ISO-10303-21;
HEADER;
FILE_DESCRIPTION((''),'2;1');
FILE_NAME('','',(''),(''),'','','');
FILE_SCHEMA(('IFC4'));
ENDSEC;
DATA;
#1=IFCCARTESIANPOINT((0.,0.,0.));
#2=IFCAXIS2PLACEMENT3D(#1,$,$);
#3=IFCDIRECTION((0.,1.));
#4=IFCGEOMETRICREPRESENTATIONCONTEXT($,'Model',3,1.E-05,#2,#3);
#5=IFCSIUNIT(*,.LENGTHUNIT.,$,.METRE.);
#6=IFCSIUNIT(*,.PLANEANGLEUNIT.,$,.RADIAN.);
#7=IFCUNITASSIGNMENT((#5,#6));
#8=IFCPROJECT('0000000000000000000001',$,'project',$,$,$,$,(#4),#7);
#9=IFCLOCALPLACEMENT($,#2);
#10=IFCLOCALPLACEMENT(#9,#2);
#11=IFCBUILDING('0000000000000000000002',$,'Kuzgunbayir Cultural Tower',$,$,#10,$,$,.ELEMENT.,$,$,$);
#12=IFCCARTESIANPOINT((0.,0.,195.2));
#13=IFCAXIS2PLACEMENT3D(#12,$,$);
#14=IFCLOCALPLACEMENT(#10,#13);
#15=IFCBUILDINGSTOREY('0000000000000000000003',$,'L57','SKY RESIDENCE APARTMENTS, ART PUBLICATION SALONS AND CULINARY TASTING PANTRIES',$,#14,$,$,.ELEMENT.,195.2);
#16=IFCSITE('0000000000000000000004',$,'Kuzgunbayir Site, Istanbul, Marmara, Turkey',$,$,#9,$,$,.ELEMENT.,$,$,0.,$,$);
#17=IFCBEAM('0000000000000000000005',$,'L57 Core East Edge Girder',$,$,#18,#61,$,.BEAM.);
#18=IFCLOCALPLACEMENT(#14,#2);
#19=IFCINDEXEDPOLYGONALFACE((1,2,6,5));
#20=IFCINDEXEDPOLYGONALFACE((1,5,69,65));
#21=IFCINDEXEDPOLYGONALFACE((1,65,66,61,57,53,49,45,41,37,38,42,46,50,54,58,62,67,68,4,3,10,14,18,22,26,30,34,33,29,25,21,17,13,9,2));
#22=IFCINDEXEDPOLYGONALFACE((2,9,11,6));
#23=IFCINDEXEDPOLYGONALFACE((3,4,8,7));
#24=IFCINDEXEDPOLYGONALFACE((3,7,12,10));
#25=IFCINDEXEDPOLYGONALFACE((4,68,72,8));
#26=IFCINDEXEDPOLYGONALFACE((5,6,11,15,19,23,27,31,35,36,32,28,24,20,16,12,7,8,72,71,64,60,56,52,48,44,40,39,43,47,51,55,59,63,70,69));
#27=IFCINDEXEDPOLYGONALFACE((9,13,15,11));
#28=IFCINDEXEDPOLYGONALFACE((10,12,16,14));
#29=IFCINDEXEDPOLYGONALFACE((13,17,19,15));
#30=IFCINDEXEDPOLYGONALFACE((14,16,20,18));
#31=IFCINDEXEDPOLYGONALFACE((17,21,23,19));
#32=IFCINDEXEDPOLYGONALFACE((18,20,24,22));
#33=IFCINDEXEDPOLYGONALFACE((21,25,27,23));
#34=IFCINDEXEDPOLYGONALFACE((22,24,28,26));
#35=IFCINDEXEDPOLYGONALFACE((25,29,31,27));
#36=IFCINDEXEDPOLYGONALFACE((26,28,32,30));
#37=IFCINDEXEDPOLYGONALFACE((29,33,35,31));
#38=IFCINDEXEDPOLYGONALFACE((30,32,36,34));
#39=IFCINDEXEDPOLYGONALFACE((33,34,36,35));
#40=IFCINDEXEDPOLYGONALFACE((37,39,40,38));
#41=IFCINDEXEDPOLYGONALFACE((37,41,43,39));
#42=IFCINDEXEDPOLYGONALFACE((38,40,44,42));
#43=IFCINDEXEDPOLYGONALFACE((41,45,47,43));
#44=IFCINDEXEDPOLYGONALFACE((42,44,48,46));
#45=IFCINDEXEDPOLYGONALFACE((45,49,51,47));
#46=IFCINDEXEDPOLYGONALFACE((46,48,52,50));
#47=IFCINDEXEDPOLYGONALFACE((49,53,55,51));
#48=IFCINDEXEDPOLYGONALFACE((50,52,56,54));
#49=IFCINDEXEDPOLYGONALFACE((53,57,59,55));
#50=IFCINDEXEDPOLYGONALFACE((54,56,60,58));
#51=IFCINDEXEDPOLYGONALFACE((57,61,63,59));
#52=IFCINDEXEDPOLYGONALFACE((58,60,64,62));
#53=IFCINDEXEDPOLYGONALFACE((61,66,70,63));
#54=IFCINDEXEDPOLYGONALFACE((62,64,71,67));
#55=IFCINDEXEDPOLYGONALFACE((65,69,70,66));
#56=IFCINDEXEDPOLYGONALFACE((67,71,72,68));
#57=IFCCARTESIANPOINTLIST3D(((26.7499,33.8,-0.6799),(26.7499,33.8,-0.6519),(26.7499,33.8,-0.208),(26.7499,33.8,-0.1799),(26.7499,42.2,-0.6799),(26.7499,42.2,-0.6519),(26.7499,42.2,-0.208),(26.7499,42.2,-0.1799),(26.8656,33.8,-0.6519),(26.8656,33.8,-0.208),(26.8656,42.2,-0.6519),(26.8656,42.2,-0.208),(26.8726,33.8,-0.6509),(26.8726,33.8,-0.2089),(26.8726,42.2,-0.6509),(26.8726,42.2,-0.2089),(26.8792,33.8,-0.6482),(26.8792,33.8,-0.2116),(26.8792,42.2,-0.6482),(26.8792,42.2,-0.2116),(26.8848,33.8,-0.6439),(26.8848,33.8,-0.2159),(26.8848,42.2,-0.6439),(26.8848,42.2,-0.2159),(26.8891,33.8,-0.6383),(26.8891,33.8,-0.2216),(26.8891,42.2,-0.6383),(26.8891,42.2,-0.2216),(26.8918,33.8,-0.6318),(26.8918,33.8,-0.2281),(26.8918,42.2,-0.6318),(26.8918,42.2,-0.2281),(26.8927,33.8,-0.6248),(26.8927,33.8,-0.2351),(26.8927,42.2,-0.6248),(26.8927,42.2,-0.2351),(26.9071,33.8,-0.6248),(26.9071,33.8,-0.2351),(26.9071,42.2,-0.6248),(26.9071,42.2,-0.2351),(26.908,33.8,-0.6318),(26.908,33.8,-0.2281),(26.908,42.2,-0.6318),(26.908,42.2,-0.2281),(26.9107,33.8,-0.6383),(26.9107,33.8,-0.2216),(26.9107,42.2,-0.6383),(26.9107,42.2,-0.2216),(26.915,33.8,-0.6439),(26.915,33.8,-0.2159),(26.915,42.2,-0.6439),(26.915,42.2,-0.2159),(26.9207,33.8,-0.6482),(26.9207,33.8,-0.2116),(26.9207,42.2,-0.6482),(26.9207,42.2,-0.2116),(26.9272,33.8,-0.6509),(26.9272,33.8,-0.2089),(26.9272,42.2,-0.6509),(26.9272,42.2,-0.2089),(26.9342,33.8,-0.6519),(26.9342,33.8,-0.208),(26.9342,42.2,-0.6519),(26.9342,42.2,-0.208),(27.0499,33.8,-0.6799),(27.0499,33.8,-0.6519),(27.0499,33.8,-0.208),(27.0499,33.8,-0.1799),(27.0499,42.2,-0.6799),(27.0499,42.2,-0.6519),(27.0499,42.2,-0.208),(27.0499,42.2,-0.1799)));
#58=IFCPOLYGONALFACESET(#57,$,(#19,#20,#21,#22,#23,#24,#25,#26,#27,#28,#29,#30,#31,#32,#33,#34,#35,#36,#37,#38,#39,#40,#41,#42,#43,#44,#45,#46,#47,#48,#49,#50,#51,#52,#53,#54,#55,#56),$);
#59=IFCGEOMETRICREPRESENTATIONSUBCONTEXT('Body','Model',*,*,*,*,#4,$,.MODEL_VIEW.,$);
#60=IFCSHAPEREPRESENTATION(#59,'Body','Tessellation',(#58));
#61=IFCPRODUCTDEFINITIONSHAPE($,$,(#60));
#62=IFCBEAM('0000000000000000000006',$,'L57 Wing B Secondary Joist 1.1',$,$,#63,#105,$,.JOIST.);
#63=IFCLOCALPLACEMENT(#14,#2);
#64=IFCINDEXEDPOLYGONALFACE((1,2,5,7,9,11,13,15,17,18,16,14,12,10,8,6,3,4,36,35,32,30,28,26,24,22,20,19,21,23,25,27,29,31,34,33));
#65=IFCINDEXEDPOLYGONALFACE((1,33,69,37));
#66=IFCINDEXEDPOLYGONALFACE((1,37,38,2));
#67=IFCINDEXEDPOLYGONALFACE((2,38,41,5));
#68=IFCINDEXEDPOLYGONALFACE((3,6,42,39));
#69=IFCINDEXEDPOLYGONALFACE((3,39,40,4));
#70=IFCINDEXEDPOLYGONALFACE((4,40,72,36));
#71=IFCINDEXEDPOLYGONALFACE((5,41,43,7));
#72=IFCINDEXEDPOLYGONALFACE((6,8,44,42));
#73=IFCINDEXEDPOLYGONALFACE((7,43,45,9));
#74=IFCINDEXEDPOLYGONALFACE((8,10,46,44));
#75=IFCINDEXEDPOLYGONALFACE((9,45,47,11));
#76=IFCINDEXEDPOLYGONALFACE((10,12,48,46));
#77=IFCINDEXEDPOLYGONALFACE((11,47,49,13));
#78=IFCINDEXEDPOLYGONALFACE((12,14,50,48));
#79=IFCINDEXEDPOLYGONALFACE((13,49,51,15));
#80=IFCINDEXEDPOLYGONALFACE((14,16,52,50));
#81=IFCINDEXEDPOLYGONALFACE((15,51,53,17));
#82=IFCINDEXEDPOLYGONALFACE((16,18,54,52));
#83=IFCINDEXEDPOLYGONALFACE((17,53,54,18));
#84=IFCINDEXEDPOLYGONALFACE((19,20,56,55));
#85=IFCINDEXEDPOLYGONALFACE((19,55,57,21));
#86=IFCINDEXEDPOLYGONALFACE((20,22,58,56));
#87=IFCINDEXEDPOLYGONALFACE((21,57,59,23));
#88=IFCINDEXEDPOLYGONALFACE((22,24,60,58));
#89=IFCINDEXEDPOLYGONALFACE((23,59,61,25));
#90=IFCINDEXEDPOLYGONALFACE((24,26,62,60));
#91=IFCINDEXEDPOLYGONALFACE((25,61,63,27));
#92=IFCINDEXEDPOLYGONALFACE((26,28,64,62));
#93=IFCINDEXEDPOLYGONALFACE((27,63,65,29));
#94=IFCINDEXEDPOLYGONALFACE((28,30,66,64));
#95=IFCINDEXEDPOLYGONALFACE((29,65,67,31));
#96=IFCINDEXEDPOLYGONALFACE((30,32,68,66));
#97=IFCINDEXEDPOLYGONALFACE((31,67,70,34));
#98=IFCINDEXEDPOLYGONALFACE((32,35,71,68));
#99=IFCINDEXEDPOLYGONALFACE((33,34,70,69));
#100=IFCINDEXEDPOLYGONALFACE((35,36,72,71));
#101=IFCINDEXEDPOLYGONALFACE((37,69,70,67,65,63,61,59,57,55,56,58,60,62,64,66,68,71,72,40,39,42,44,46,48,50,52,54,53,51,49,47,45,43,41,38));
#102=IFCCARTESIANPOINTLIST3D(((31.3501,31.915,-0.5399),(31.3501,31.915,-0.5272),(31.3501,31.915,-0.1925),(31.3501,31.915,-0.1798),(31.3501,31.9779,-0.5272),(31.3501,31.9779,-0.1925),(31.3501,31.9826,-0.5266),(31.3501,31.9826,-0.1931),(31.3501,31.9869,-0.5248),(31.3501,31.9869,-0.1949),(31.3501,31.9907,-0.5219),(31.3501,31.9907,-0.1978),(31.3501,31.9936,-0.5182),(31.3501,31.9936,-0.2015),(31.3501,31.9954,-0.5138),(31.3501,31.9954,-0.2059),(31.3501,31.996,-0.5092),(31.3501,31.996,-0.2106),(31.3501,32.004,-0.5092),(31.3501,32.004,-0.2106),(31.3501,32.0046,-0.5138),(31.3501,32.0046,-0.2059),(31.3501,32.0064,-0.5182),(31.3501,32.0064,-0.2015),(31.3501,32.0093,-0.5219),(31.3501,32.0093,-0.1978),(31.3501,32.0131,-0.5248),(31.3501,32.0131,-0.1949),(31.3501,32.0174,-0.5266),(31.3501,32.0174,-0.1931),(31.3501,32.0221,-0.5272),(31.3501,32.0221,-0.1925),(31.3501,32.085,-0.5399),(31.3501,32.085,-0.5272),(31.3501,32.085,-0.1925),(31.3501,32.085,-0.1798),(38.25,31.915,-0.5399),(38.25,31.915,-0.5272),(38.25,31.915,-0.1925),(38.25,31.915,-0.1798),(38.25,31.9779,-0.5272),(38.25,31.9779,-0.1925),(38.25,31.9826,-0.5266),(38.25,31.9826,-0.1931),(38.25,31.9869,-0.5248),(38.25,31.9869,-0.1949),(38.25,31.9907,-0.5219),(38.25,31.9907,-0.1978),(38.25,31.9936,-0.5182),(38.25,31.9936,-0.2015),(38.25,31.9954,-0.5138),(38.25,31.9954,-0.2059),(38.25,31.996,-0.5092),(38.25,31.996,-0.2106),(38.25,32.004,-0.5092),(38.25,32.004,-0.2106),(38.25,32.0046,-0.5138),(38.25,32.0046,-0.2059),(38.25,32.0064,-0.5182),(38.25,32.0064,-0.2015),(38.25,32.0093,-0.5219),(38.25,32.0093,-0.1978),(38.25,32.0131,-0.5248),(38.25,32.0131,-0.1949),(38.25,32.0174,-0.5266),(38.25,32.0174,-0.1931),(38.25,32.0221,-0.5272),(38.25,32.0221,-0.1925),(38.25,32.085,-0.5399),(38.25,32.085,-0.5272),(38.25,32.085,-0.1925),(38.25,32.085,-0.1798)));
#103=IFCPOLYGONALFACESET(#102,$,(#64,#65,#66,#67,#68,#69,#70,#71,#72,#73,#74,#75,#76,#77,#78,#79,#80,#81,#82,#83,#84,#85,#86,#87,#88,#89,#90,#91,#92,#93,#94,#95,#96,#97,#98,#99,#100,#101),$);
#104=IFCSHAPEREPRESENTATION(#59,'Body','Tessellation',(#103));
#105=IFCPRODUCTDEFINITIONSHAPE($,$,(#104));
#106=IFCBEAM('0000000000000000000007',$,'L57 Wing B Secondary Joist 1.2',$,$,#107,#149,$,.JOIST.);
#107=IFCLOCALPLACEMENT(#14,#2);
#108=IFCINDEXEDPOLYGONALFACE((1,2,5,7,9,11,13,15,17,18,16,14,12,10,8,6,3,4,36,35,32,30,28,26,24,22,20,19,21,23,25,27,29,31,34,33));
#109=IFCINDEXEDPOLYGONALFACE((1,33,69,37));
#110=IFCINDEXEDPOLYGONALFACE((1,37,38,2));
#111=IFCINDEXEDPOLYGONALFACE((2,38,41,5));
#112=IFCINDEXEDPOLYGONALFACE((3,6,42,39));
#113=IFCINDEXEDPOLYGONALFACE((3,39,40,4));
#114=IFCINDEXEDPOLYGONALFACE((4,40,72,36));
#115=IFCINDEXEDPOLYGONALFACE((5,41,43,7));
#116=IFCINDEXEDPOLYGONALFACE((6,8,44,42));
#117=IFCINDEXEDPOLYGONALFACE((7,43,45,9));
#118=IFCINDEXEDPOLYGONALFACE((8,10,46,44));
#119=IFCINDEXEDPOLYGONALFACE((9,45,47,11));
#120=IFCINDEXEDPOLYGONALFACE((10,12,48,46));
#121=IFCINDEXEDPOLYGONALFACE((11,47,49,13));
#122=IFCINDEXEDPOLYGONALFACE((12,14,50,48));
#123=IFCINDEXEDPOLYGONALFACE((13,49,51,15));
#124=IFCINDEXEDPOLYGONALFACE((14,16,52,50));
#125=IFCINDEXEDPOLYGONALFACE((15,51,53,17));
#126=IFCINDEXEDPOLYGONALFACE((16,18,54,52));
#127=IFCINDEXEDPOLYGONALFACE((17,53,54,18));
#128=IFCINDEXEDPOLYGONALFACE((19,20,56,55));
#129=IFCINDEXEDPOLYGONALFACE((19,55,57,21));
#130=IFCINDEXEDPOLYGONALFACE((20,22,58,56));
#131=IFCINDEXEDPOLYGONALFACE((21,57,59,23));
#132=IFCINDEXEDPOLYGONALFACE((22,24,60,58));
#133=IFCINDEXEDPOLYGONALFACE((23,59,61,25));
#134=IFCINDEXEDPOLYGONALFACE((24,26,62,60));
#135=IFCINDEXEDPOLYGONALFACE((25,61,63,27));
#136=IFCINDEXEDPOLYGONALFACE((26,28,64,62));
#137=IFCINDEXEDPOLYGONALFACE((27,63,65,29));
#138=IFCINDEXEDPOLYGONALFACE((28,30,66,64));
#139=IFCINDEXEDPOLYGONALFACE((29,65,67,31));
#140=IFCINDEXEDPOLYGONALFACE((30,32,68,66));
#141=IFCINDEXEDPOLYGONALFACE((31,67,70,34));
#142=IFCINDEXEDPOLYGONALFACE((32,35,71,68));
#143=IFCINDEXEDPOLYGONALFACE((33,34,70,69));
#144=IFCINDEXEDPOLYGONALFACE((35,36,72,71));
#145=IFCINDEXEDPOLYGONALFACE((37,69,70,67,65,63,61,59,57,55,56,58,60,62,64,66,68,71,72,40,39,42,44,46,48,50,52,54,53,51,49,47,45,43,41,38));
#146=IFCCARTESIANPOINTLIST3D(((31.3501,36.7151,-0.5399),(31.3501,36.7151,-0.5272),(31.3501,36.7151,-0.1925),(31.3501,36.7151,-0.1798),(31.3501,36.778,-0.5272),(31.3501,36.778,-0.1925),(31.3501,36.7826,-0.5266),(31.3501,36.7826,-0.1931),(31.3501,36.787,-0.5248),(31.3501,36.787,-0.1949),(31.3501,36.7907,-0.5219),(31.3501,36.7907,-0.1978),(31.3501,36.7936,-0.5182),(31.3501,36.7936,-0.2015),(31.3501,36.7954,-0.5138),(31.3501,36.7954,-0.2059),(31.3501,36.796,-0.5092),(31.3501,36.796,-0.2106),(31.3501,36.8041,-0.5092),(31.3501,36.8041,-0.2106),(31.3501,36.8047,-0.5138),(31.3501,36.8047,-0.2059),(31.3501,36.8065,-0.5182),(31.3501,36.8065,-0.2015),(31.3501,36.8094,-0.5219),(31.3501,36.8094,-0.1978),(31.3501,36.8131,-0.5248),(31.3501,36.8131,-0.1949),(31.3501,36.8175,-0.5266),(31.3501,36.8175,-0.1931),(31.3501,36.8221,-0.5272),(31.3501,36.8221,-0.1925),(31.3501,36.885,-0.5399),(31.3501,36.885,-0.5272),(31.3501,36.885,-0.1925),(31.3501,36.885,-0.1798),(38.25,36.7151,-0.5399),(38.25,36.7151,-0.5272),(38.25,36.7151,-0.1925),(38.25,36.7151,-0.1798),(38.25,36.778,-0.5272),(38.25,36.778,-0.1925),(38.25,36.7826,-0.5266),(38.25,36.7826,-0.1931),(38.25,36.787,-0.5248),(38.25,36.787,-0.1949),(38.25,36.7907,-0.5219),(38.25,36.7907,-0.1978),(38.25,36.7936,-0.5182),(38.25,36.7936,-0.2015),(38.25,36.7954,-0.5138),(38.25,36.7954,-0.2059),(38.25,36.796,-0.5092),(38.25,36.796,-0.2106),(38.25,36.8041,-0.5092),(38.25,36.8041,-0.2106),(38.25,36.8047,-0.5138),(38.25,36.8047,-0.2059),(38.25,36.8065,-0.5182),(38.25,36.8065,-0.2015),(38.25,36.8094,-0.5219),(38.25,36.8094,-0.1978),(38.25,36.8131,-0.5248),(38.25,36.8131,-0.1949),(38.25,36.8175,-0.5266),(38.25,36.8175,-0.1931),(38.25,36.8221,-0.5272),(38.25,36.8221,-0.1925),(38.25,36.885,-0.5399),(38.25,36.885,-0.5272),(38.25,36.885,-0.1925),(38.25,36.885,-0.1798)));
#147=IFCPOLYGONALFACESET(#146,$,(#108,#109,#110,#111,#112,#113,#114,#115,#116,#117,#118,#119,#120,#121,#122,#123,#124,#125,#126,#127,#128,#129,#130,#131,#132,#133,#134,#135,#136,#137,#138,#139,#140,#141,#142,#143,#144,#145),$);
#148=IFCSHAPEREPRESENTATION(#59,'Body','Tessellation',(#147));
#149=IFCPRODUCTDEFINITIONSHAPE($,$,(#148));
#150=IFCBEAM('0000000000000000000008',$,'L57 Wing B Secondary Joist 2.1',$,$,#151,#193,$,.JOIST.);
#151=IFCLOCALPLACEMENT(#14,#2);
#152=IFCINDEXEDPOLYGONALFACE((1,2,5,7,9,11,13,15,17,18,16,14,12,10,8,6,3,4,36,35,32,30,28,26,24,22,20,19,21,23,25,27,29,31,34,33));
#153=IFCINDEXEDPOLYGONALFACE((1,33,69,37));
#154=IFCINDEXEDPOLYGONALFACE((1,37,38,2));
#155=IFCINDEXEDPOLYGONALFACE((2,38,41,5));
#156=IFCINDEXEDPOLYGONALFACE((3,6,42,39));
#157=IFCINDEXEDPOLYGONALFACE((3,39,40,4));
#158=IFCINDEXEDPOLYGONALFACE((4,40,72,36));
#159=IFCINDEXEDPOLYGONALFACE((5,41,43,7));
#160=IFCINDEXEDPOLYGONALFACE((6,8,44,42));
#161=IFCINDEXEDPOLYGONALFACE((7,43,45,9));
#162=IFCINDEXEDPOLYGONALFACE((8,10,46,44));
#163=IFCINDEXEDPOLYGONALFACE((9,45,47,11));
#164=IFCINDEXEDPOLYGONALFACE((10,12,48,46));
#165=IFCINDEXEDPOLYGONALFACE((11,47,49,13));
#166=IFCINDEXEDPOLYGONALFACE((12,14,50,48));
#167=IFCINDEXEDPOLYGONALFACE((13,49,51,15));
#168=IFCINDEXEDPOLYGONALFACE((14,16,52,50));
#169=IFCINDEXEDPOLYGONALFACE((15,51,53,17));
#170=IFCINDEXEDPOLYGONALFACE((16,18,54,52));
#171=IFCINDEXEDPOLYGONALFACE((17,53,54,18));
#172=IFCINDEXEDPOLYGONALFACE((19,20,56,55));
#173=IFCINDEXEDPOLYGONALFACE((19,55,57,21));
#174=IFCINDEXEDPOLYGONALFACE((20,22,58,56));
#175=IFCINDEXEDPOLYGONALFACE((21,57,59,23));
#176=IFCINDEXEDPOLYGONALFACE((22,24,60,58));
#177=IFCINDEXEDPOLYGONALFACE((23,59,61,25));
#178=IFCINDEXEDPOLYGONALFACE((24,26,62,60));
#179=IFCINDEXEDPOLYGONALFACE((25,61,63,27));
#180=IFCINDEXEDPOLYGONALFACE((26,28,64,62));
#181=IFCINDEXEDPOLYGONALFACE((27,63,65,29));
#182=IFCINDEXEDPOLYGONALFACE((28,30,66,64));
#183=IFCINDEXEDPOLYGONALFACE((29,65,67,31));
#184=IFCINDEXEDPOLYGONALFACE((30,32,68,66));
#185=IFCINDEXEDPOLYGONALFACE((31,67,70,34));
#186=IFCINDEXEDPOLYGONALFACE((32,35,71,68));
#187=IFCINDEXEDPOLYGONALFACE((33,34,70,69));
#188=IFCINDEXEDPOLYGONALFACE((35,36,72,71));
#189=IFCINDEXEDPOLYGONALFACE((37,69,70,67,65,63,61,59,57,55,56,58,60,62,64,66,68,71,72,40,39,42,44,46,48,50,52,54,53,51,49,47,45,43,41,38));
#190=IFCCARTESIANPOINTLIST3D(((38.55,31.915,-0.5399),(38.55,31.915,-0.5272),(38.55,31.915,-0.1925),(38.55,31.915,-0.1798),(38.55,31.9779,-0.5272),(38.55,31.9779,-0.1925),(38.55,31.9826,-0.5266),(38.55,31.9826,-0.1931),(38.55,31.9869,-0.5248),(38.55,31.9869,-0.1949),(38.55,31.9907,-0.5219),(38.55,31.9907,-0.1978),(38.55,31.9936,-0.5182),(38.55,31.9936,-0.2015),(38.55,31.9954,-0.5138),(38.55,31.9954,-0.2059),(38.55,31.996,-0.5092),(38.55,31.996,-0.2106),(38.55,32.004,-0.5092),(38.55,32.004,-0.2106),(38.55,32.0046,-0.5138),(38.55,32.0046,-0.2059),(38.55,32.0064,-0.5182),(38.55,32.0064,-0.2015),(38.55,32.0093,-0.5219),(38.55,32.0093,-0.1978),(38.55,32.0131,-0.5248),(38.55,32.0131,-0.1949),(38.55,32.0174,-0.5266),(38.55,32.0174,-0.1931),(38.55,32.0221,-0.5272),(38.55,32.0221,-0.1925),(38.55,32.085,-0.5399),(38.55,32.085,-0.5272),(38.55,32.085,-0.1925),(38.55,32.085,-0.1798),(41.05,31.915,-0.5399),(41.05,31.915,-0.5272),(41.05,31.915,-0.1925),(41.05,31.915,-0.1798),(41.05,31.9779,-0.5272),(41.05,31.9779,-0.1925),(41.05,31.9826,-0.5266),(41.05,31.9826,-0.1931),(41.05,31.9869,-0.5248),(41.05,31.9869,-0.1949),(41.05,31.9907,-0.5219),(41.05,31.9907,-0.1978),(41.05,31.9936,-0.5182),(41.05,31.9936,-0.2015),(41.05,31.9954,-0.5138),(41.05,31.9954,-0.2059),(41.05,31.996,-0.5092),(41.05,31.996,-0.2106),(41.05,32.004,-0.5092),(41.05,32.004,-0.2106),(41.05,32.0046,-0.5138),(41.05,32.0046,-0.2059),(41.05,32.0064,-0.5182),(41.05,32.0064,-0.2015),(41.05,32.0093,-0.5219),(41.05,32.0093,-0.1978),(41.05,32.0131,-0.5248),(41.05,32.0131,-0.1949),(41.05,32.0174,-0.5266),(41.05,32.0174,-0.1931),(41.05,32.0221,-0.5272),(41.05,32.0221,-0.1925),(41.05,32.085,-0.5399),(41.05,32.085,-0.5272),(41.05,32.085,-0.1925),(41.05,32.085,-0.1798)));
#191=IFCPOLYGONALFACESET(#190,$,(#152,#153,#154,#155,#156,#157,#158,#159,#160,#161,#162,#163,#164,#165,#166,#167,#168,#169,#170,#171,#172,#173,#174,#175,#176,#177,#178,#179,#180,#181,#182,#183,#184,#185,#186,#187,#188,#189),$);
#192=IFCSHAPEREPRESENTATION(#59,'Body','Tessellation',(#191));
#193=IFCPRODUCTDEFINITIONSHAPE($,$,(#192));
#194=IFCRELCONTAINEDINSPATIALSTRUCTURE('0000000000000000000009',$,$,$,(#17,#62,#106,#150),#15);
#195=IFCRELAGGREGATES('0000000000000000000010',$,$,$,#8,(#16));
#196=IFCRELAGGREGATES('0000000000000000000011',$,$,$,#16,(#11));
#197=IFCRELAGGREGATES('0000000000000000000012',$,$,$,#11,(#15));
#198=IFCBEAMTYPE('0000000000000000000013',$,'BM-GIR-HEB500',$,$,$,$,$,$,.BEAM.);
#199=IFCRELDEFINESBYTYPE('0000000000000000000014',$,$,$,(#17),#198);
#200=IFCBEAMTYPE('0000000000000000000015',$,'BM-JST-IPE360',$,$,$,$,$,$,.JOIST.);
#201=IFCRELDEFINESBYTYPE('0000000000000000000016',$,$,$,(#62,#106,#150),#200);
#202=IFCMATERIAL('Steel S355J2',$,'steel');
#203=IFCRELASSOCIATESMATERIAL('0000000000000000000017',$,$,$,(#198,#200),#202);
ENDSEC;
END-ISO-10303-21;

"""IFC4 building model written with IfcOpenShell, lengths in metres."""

from ifc_helpers import new_model, si_unit, direction, frame, origin, origin_2d, place, context, subcontext, project, spatial, i_section, extrude, material, material_profile, profile_set, type_object, element, save


model = new_model("IFC4")

# Units and contexts
model_context = context("Model", 3, precision=1e-05, world=origin(), true_north=direction((0.0, 1.0)))
body_context = subcontext(model_context, "Body", "Model", "MODEL_VIEW")
ifc_project = project(units=[si_unit("LENGTHUNIT", "METRE"), si_unit("PLANEANGLEUNIT", "RADIAN")], contexts=[model_context])

# Site, building, storey
site_placement = place(None, origin())
site = spatial("IfcSite", under=ifc_project, at=site_placement, Name="Kuzgunbayir Site, Istanbul, Marmara, Turkey", CompositionType="ELEMENT", RefElevation=0.0)
building_placement = place(site_placement, origin())
building = spatial("IfcBuilding", under=site, at=building_placement, Name="Kuzgunbayir Cultural Tower", CompositionType="ELEMENT")
storey_placement = place(building_placement, frame((0.0, 0.0, 195.2)))
storey = spatial("IfcBuildingStorey", under=building, at=storey_placement, Name="L57", Description="SKY RESIDENCE APARTMENTS, ART PUBLICATION SALONS AND CULINARY TASTING PANTRIES", CompositionType="ELEMENT", Elevation=195.2)

# Beams
ifc_material_1 = material(Name="Steel S355J2", Category="steel")
ifc_material_profile_1 = material_profile(ifc_material_1, i_section(OverallWidth=0.3, OverallDepth=0.5, WebThickness=0.0144, FlangeThickness=0.0281, FilletRadius=0.0271, at=origin_2d()), Name="HEB 500")
ifc_profile_set_1 = profile_set([ifc_material_profile_1], Name="Steel S355J2")
beam_type_1 = type_object("IfcBeamType", Name="BM-GIR-HEB500", PredefinedType="BEAM", material=ifc_profile_set_1)
beam_1_placement = place(storey_placement, frame((26.8999, 33.8, -0.4299), z_axis=(0.0, 1.0, 0.0), x_axis=(-1.0, 0.0, 0.0)))
element("IfcBeam", 1, at=beam_1_placement, inside=storey, type_object=beam_type_1, Name="L57 Core East Edge Girder", PredefinedType="BEAM", context=body_context, shape_type="SweptSolid", body=[
    extrude(i_section(OverallWidth=0.3, OverallDepth=0.5, WebThickness=0.0144, FlangeThickness=0.0281, FilletRadius=0.0271, at=origin_2d()), origin(), (0.0, 0.0, 1.0), 8.3999),
])
ifc_material_profile_2 = material_profile(ifc_material_1, i_section(OverallWidth=0.1699, OverallDepth=0.3601, WebThickness=0.0081, FlangeThickness=0.0127, FilletRadius=0.0181, at=origin_2d()), Name="IPE 360")
ifc_profile_set_2 = profile_set([ifc_material_profile_2], Name="Steel S355J2")
beam_type_2 = type_object("IfcBeamType", Name="BM-JST-IPE360", PredefinedType="JOIST", material=ifc_profile_set_2)
for number, where, z_axis, x_axis, name in (
    (2, (31.3501, 32.0, -0.3599), (1.0, 0.0, 0.0), (0.0, 1.0, 0.0), "L57 Wing B Secondary Joist 1.1"),
    (3, (31.3501, 36.8, -0.3599), (1.0, 0.0, 0.0), (0.0, 1.0, 0.0), "L57 Wing B Secondary Joist 1.2"),
):
    element("IfcBeam", number, at=place(storey_placement, frame(where, z_axis=z_axis, x_axis=x_axis)), inside=storey, type_object=beam_type_2, Name=name, PredefinedType="JOIST", context=body_context, shape_type="SweptSolid", body=[
        extrude(i_section(OverallWidth=0.1699, OverallDepth=0.3601, WebThickness=0.0081, FlangeThickness=0.0127, FilletRadius=0.0181, at=origin_2d()), origin(), (0.0, 0.0, 1.0), 6.8999),
    ])
for number, where, z_axis, x_axis, name in (
    (4, (38.55, 32.0, -0.3599), (1.0, 0.0, 0.0), (0.0, 1.0, 0.0), "L57 Wing B Secondary Joist 2.1"),
):
    element("IfcBeam", number, at=place(storey_placement, frame(where, z_axis=z_axis, x_axis=x_axis)), inside=storey, type_object=beam_type_2, Name=name, PredefinedType="JOIST", context=body_context, shape_type="SweptSolid", body=[
        extrude(i_section(OverallWidth=0.1699, OverallDepth=0.3601, WebThickness=0.0081, FlangeThickness=0.0127, FilletRadius=0.0181, at=origin_2d()), origin(), (0.0, 0.0, 1.0), 2.5),
    ])

save(model, "model.ifc")
